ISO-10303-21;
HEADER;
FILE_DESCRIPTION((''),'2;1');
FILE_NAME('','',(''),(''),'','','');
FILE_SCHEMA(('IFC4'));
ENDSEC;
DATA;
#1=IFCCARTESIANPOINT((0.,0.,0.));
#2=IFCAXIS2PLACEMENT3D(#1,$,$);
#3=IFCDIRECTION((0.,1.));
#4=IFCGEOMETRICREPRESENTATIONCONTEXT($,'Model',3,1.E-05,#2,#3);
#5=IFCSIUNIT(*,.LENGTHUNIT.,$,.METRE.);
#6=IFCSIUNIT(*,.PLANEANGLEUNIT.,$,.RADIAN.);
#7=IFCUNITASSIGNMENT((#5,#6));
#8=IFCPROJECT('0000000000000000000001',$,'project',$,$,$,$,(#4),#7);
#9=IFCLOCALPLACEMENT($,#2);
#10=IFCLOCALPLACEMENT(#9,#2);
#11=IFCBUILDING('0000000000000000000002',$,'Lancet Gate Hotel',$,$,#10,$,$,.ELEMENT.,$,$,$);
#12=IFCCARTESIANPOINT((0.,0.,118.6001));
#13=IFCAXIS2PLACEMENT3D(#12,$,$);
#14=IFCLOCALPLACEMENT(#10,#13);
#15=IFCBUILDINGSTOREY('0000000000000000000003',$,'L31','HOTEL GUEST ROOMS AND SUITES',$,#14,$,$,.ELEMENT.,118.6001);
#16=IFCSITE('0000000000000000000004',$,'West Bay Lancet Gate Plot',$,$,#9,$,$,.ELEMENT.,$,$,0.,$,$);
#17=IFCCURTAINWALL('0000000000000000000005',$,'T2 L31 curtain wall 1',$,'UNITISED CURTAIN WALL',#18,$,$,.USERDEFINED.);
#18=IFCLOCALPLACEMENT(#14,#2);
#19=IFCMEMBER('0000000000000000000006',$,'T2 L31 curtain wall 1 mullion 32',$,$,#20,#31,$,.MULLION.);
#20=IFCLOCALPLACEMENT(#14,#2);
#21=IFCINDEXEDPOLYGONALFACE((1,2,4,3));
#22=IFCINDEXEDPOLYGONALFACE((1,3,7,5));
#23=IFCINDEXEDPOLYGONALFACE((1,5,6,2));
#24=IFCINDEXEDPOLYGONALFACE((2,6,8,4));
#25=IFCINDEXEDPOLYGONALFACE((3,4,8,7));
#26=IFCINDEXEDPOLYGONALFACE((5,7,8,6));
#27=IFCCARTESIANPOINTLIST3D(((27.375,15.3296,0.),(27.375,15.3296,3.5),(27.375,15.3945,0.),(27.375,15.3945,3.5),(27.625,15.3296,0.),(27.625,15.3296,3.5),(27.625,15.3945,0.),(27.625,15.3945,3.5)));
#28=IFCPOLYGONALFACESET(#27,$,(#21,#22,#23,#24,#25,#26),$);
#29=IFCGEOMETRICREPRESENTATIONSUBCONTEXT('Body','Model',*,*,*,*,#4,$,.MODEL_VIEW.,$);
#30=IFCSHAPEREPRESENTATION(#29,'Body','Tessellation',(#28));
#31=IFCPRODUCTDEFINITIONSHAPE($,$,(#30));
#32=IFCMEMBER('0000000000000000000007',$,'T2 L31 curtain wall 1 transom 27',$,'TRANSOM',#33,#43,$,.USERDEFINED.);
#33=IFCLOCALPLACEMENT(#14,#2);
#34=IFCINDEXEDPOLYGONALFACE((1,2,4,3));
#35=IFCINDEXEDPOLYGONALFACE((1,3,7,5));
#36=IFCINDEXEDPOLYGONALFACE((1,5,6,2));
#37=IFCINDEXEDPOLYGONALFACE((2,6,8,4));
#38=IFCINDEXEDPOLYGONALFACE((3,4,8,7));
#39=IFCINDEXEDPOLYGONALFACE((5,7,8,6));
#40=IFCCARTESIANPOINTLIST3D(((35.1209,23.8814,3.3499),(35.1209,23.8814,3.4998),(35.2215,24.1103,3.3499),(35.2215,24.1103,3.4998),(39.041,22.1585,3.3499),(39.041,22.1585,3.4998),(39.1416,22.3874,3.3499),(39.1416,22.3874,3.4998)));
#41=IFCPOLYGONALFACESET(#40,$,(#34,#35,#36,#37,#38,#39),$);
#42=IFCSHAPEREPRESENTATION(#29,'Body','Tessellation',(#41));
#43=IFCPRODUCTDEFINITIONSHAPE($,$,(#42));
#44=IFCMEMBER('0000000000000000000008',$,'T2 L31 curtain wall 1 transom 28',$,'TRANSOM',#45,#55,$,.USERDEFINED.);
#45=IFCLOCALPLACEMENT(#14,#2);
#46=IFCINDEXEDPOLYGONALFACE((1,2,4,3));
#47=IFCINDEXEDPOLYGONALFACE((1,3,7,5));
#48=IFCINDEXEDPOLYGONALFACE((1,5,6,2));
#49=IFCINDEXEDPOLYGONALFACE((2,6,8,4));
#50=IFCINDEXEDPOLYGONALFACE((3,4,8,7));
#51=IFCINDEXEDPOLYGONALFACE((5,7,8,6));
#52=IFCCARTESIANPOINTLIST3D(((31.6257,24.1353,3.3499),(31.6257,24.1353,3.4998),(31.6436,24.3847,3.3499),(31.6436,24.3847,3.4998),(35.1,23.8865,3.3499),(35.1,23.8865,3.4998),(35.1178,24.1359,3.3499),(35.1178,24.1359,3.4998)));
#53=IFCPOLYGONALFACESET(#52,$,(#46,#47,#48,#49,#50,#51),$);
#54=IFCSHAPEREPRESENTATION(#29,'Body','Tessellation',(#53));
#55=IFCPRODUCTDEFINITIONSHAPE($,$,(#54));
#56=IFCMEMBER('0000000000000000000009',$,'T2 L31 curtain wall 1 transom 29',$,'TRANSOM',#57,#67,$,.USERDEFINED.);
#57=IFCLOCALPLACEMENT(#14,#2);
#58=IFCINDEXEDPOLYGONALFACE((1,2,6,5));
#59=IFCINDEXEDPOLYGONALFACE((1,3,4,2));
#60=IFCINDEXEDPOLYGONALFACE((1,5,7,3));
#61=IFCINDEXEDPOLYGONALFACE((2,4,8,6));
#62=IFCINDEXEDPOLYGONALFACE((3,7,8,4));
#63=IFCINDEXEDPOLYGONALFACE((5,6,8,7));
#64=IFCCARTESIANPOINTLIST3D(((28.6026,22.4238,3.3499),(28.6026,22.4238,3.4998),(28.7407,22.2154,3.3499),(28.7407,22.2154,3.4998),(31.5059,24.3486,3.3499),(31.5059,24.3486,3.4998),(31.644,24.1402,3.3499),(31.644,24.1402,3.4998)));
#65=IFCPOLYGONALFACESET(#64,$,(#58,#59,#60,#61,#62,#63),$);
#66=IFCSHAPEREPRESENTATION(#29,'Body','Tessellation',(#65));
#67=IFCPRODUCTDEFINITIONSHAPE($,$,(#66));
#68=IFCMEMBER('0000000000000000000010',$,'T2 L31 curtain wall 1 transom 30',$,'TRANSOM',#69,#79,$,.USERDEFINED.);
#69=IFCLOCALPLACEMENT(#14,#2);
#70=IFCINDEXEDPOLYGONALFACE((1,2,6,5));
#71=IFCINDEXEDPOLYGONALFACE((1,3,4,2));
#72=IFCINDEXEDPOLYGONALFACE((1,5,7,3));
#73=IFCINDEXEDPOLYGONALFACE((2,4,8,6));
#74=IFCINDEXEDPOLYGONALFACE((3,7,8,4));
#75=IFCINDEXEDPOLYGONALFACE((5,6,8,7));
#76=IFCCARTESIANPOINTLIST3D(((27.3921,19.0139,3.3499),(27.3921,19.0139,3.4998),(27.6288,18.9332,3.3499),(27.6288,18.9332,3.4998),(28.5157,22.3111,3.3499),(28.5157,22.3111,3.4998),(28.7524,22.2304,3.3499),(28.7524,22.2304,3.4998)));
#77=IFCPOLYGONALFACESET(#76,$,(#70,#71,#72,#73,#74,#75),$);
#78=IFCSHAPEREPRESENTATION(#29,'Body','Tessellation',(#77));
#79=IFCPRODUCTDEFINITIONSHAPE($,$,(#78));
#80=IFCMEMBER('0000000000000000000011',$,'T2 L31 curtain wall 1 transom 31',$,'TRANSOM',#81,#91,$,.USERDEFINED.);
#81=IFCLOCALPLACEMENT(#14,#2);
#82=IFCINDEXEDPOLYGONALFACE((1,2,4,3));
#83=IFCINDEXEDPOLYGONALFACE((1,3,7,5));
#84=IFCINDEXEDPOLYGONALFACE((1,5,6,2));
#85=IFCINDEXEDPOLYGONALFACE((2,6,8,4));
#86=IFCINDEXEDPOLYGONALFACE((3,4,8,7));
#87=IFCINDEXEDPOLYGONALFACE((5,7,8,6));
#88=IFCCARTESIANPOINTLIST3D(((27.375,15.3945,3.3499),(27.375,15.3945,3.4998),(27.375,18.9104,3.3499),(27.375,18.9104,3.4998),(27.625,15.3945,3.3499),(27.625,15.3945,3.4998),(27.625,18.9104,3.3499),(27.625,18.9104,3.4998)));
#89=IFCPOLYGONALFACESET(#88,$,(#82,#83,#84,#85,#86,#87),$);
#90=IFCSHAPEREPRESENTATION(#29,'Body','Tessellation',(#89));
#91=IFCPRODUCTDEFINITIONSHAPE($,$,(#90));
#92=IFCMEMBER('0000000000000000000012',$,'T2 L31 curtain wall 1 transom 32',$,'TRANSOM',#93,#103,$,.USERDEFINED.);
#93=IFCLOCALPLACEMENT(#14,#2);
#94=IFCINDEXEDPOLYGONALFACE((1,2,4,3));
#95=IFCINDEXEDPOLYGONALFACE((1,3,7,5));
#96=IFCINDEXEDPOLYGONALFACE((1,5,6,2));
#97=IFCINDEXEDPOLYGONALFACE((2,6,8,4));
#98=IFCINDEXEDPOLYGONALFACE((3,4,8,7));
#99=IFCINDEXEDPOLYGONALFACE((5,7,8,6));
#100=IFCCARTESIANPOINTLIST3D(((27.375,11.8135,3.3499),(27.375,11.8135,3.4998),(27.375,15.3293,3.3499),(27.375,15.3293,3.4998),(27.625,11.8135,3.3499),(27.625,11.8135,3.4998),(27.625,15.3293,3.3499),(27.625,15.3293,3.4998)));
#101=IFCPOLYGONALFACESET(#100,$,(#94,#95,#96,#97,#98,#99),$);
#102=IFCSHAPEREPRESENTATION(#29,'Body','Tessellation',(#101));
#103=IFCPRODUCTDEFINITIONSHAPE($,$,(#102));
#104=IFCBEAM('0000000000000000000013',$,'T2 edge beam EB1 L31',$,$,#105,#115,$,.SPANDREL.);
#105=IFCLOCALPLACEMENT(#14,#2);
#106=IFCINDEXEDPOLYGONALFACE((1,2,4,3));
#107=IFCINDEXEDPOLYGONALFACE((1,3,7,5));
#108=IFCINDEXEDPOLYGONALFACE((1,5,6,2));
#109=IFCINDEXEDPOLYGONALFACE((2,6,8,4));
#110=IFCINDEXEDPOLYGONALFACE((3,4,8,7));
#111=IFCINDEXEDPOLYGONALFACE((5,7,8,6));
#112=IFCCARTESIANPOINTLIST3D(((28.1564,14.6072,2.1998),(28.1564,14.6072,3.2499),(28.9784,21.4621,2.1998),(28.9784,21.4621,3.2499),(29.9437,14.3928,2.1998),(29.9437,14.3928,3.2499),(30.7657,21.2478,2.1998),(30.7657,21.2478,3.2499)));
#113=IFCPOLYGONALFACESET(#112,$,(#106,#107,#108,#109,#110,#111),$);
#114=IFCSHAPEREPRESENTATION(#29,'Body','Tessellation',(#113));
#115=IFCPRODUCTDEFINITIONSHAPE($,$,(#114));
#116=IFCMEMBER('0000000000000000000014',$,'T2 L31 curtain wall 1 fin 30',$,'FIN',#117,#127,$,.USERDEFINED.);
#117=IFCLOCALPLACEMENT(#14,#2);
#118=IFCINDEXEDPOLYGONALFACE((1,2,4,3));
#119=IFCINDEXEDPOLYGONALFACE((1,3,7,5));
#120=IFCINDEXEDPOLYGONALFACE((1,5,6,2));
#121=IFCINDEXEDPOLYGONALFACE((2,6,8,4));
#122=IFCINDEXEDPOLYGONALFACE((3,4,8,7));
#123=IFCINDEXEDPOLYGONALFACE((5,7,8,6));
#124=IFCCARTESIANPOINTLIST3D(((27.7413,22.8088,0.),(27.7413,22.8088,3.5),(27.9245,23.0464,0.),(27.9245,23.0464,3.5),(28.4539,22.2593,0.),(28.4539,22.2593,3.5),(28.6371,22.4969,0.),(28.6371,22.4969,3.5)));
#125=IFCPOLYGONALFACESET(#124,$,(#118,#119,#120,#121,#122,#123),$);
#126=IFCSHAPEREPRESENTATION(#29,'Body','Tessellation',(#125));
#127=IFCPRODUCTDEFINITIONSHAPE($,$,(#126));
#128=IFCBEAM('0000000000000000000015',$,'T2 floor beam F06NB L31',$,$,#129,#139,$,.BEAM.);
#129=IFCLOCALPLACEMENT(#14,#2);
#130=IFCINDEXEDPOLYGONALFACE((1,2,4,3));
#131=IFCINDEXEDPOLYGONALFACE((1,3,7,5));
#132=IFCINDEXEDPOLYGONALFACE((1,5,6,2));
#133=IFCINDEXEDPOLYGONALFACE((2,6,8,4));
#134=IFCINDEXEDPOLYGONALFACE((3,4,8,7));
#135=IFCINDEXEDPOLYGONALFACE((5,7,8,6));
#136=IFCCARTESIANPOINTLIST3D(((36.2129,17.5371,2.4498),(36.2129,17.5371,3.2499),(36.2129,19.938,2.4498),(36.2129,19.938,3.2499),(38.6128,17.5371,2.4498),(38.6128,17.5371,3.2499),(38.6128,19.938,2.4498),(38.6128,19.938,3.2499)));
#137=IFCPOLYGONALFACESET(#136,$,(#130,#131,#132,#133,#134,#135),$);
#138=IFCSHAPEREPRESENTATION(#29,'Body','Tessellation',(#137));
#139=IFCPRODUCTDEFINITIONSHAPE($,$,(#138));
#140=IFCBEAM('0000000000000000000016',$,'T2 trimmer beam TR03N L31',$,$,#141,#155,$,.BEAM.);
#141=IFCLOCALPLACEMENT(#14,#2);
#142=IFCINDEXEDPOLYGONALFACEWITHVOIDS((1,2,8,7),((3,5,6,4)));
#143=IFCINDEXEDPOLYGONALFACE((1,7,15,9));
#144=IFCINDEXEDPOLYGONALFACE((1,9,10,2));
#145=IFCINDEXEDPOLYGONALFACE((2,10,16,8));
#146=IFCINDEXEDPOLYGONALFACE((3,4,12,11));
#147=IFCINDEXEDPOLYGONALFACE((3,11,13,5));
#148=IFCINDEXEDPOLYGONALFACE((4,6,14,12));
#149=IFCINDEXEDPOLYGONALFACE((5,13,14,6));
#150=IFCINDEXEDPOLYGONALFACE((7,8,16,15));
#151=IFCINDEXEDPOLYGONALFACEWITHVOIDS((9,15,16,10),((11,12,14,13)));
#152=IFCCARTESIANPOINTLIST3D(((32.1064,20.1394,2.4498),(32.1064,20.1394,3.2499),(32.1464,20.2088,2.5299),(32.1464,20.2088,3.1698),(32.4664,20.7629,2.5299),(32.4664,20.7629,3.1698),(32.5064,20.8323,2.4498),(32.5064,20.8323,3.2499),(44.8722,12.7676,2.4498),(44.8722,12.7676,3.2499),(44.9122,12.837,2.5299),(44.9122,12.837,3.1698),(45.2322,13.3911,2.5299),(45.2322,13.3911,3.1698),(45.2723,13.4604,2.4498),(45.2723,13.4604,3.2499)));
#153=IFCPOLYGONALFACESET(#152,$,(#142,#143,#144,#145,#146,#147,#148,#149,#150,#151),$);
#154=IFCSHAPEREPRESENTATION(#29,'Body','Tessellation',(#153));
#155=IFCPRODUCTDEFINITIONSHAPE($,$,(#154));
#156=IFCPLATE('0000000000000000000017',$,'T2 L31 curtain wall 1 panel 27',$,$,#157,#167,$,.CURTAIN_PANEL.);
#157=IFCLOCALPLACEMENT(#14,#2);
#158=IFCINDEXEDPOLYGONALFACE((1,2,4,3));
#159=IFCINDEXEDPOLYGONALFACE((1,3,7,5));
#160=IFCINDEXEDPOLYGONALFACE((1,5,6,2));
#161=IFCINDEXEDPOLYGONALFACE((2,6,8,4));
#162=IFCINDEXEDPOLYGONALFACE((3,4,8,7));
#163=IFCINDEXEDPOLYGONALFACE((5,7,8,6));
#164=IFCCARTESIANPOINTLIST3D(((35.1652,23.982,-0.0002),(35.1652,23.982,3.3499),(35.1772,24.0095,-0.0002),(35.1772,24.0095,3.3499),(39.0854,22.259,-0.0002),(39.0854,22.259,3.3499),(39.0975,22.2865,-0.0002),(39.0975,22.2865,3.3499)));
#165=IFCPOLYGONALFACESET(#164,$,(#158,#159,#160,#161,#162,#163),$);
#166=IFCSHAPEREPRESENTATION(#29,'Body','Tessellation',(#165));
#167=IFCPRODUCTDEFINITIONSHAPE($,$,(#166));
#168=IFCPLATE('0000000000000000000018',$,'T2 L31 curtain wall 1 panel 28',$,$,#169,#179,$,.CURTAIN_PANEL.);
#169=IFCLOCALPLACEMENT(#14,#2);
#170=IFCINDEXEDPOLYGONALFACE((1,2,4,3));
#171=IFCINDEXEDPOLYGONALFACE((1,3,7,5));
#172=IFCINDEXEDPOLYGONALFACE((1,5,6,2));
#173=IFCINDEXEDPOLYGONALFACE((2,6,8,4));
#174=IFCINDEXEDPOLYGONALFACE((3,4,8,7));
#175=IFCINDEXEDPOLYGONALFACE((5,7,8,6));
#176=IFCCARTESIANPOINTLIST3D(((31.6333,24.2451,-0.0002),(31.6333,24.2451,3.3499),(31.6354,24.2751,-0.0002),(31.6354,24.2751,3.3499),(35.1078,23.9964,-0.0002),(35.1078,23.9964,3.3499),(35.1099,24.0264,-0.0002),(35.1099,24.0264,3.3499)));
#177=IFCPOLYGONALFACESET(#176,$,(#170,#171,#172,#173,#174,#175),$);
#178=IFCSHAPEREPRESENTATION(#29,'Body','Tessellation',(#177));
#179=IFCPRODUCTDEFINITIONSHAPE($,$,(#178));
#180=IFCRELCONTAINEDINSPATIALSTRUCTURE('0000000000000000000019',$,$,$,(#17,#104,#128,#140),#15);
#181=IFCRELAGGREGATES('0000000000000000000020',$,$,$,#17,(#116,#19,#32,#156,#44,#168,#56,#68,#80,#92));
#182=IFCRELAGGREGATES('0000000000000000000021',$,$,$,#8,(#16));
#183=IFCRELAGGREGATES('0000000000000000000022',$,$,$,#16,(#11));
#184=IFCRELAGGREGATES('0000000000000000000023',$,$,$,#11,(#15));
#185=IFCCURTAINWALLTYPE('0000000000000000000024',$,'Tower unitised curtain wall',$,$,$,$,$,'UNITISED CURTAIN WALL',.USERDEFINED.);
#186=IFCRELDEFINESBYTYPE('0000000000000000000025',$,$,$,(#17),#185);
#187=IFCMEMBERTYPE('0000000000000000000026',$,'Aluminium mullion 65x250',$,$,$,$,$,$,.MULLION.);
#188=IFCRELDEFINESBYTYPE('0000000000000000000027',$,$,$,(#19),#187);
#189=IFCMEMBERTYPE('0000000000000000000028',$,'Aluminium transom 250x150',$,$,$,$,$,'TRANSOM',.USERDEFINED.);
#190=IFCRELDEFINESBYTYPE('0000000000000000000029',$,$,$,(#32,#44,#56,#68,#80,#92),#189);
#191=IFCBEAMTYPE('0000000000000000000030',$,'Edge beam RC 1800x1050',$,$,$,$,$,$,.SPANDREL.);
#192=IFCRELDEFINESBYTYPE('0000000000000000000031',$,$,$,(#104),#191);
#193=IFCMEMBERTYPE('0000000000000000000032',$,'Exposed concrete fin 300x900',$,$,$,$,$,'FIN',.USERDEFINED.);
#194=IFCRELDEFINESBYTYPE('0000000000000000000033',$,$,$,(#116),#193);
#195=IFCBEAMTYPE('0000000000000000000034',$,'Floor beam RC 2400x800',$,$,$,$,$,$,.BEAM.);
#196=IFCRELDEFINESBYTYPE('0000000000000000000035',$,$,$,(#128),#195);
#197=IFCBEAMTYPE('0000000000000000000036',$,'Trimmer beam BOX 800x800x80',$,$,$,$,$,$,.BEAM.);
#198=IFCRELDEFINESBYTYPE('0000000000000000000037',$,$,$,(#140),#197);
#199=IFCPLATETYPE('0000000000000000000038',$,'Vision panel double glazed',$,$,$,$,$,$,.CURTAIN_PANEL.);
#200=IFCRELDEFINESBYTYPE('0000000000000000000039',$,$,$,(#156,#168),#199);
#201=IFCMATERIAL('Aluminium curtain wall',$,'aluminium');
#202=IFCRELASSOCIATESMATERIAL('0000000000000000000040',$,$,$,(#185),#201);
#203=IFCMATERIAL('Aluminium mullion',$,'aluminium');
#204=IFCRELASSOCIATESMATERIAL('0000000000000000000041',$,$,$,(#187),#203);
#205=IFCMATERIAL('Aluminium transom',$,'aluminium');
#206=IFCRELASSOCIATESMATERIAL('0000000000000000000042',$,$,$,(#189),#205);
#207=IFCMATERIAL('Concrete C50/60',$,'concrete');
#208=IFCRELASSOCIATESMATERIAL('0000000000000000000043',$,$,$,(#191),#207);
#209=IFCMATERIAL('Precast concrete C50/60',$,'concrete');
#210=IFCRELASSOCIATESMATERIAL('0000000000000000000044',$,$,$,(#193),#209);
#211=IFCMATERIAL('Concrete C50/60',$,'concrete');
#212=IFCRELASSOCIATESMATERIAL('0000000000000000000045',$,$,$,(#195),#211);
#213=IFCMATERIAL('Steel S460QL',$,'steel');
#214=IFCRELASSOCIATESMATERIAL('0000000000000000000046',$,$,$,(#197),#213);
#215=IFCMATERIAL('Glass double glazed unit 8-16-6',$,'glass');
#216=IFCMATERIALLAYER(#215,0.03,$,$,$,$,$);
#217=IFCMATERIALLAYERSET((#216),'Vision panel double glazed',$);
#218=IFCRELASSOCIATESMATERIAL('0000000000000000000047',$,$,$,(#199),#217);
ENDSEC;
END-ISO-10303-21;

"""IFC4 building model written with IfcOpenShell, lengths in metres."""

from ifc_helpers import new_model, si_unit, direction, frame, origin, origin_2d, place, context, subcontext, project, spatial, rectangle, hollow_rectangle, extrude, material, layer, layer_set, material_profile, profile_set, type_object, element, aggregate, save


model = new_model("IFC4")

# Units and contexts
model_context = context("Model", 3, precision=1e-05, world=origin(), true_north=direction((0.0, 1.0)))
body_context = subcontext(model_context, "Body", "Model", "MODEL_VIEW")
ifc_project = project(units=[si_unit("LENGTHUNIT", "METRE"), si_unit("PLANEANGLEUNIT", "RADIAN")], contexts=[model_context])

# Site, building, storey
site_placement = place(None, origin())
site = spatial("IfcSite", under=ifc_project, at=site_placement, Name="West Bay Lancet Gate Plot", CompositionType="ELEMENT", RefElevation=0.0)
building_placement = place(site_placement, origin())
building = spatial("IfcBuilding", under=site, at=building_placement, Name="Lancet Gate Hotel", CompositionType="ELEMENT")
storey_placement = place(building_placement, frame((0.0, 0.0, 118.6001)))
storey = spatial("IfcBuildingStorey", under=building, at=storey_placement, Name="L31", Description="HOTEL GUEST ROOMS AND SUITES", CompositionType="ELEMENT", Elevation=118.6001)

# Curtain wall, members
ifc_material_1 = material(Name="Aluminium curtain wall", Category="aluminium")
curtain_wall_type = type_object("IfcCurtainWallType", Name="Tower unitised curtain wall", ElementType="UNITISED CURTAIN WALL", PredefinedType="USERDEFINED", material=ifc_material_1)
curtain_wall_placement = place(storey_placement, origin())
curtain_wall = element("IfcCurtainWall", 1, at=curtain_wall_placement, inside=storey, type_object=curtain_wall_type, Name="T2 L31 curtain wall 1", ObjectType="UNITISED CURTAIN WALL", PredefinedType="USERDEFINED")
ifc_material_2 = material(Name="Aluminium mullion", Category="aluminium")
ifc_material_profile_1 = material_profile(ifc_material_2, rectangle(XDim=0.0649, YDim=0.25, at=origin_2d()), Name="MULLION 65x250")
ifc_profile_set_1 = profile_set([ifc_material_profile_1], Name="Aluminium mullion")
member_type_1 = type_object("IfcMemberType", Name="Aluminium mullion 65x250", PredefinedType="MULLION", material=ifc_profile_set_1)
member_1_placement = place(storey_placement, frame((27.5, 15.3621, 0.0), z_axis=(0.0, 0.0, 1.0), x_axis=(0.0, -1.0, 0.0)))
member_1 = element("IfcMember", 2, at=member_1_placement, type_object=member_type_1, Name="T2 L31 curtain wall 1 mullion 32", PredefinedType="MULLION", context=body_context, shape_type="SweptSolid", body=[
    extrude(rectangle(XDim=0.0649, YDim=0.25, at=origin_2d()), origin(), (0.0, 0.0, 1.0), 3.5),
])
ifc_material_3 = material(Name="Aluminium transom", Category="aluminium")
ifc_material_profile_2 = material_profile(ifc_material_3, rectangle(XDim=0.25, YDim=0.1499, at=origin_2d()), Name="TRANSOM 250x150")
ifc_profile_set_2 = profile_set([ifc_material_profile_2], Name="Aluminium transom")
member_type_2 = type_object("IfcMemberType", Name="Aluminium transom 250x150", ElementType="TRANSOM", PredefinedType="USERDEFINED", material=ifc_profile_set_2)
member_2_placement = place(storey_placement, frame((39.0913, 22.2729, 3.4248), z_axis=(-0.915485, 0.402353, 0.0), x_axis=(-0.402353, -0.915485, 0.0)))
member_2 = element("IfcMember", 3, at=member_2_placement, type_object=member_type_2, Name="T2 L31 curtain wall 1 transom 27", ObjectType="TRANSOM", PredefinedType="USERDEFINED", context=body_context, shape_type="SweptSolid", body=[
    extrude(rectangle(XDim=0.25, YDim=0.1499, at=origin_2d()), origin(), (0.0, 0.0, 1.0), 4.282),
])
member_3_placement = place(storey_placement, frame((35.1089, 24.0112, 3.4248), z_axis=(-0.997446, 0.071421, 0.0), x_axis=(-0.071421, -0.997446, 0.0)))
member_3 = element("IfcMember", 4, at=member_3_placement, type_object=member_type_2, Name="T2 L31 curtain wall 1 transom 28", ObjectType="TRANSOM", PredefinedType="USERDEFINED", context=body_context, shape_type="SweptSolid", body=[
    extrude(rectangle(XDim=0.25, YDim=0.1499, at=origin_2d()), origin(), (0.0, 0.0, 1.0), 3.4832),
])
member_4_placement = place(storey_placement, frame((31.575, 24.2444, 3.4248), z_axis=(-0.833471, -0.552563, 0.0), x_axis=(0.552563, -0.833471, 0.0)))
member_4 = element("IfcMember", 5, at=member_4_placement, type_object=member_type_2, Name="T2 L31 curtain wall 1 transom 29", ObjectType="TRANSOM", PredefinedType="USERDEFINED", context=body_context, shape_type="SweptSolid", body=[
    extrude(rectangle(XDim=0.25, YDim=0.1499, at=origin_2d()), origin(), (0.0, 0.0, 1.0), 3.4834),
])
member_5_placement = place(storey_placement, frame((28.634, 22.2708, 3.4248), z_axis=(-0.32255, -0.946553, 0.0), x_axis=(0.946553, -0.32255, 0.0)))
member_5 = element("IfcMember", 6, at=member_5_placement, type_object=member_type_2, Name="T2 L31 curtain wall 1 transom 30", ObjectType="TRANSOM", PredefinedType="USERDEFINED", context=body_context, shape_type="SweptSolid", body=[
    extrude(rectangle(XDim=0.25, YDim=0.1499, at=origin_2d()), origin(), (0.0, 0.0, 1.0), 3.4834),
])
member_6_placement = place(storey_placement, frame((27.5, 18.9104, 3.4248), z_axis=(0.0, -1.0, 0.0), x_axis=(1.0, 0.0, 0.0)))
member_6 = element("IfcMember", 7, at=member_6_placement, type_object=member_type_2, Name="T2 L31 curtain wall 1 transom 31", ObjectType="TRANSOM", PredefinedType="USERDEFINED", context=body_context, shape_type="SweptSolid", body=[
    extrude(rectangle(XDim=0.25, YDim=0.1499, at=origin_2d()), origin(), (0.0, 0.0, 1.0), 3.5159),
])
member_7_placement = place(storey_placement, frame((27.5, 15.3293, 3.4248), z_axis=(0.0, -1.0, 0.0), x_axis=(1.0, 0.0, 0.0)))
member_7 = element("IfcMember", 8, at=member_7_placement, type_object=member_type_2, Name="T2 L31 curtain wall 1 transom 32", ObjectType="TRANSOM", PredefinedType="USERDEFINED", context=body_context, shape_type="SweptSolid", body=[
    extrude(rectangle(XDim=0.25, YDim=0.1499, at=origin_2d()), origin(), (0.0, 0.0, 1.0), 3.5159),
])

# Beam
ifc_material_4 = material(Name="Concrete C50/60", Category="concrete")
ifc_material_profile_3 = material_profile(ifc_material_4, rectangle(XDim=1.8, YDim=1.05, at=origin_2d()), Name="RC 1800x1050")
ifc_profile_set_3 = profile_set([ifc_material_profile_3], Name="Concrete C50/60")
beam_type_1 = type_object("IfcBeamType", Name="Edge beam RC 1800x1050", PredefinedType="SPANDREL", material=ifc_profile_set_3)
beam_1_placement = place(storey_placement, frame((29.05, 14.5, 2.7249), z_axis=(0.119063, 0.992887, 0.0), x_axis=(-0.992887, 0.119063, 0.0)))
element("IfcBeam", 9, at=beam_1_placement, inside=storey, type_object=beam_type_1, Name="T2 edge beam EB1 L31", PredefinedType="SPANDREL", context=body_context, shape_type="SweptSolid", body=[
    extrude(rectangle(XDim=1.8, YDim=1.05, at=origin_2d()), origin(), (0.0, 0.0, 1.0), 6.9041),
])

# Member
ifc_material_5 = material(Name="Precast concrete C50/60", Category="concrete")
ifc_material_profile_4 = material_profile(ifc_material_5, rectangle(XDim=0.3, YDim=0.8999, at=origin_2d()), Name="FIN 300x900")
ifc_profile_set_4 = profile_set([ifc_material_profile_4], Name="Precast concrete C50/60")
member_type_3 = type_object("IfcMemberType", Name="Exposed concrete fin 300x900", ElementType="FIN", PredefinedType="USERDEFINED", material=ifc_profile_set_4)
member_8_placement = place(storey_placement, frame((28.1892, 22.6528, 0.0), z_axis=(0.0, 0.0, 1.0), x_axis=(-0.610664, -0.79189, 0.0)))
member_8 = element("IfcMember", 10, at=member_8_placement, type_object=member_type_3, Name="T2 L31 curtain wall 1 fin 30", ObjectType="FIN", PredefinedType="USERDEFINED", context=body_context, shape_type="SweptSolid", body=[
    extrude(rectangle(XDim=0.3, YDim=0.8999, at=origin_2d()), origin(), (0.0, 0.0, 1.0), 3.5),
])

# Beams
ifc_material_6 = material(Name="Concrete C50/60", Category="concrete")
ifc_material_profile_5 = material_profile(ifc_material_6, rectangle(XDim=2.3999, YDim=0.8, at=origin_2d()), Name="RC 2400x800")
ifc_profile_set_5 = profile_set([ifc_material_profile_5], Name="Concrete C50/60")
beam_type_2 = type_object("IfcBeamType", Name="Floor beam RC 2400x800", PredefinedType="BEAM", material=ifc_profile_set_5)
beam_2_placement = place(storey_placement, frame((37.4128, 17.5371, 2.8499), z_axis=(0.0, 1.0, 0.0), x_axis=(-1.0, 0.0, 0.0)))
element("IfcBeam", 11, at=beam_2_placement, inside=storey, type_object=beam_type_2, Name="T2 floor beam F06NB L31", PredefinedType="BEAM", context=body_context, shape_type="SweptSolid", body=[
    extrude(rectangle(XDim=2.3999, YDim=0.8, at=origin_2d()), origin(), (0.0, 0.0, 1.0), 2.4009),
])
ifc_material_7 = material(Name="Steel S460QL", Category="steel")
ifc_material_profile_6 = material_profile(ifc_material_7, hollow_rectangle(XDim=0.8, YDim=0.8, WallThickness=0.0801, at=origin_2d()), Name="BOX 800x800x80")
ifc_profile_set_6 = profile_set([ifc_material_profile_6], Name="Steel S460QL")
beam_type_3 = type_object("IfcBeamType", Name="Trimmer beam BOX 800x800x80", PredefinedType="BEAM", material=ifc_profile_set_6)
beam_3_placement = place(storey_placement, frame((32.3064, 20.4858, 2.8499), z_axis=(0.865983, -0.500074, 0.0), x_axis=(0.500074, 0.865983, 0.0)))
element("IfcBeam", 12, at=beam_3_placement, inside=storey, type_object=beam_type_3, Name="T2 trimmer beam TR03N L31", PredefinedType="BEAM", context=body_context, shape_type="SweptSolid", body=[
    extrude(hollow_rectangle(XDim=0.8, YDim=0.8, WallThickness=0.0801, at=origin_2d()), origin(), (0.0, 0.0, 1.0), 14.7415),
])

# Plates
ifc_material_8 = material(Name="Glass double glazed unit 8-16-6", Category="glass")
ifc_layer_1 = layer(ifc_material_8, 0.03)
ifc_layer_set_1 = layer_set([ifc_layer_1], Name="Vision panel double glazed")
plate_type = type_object("IfcPlateType", Name="Vision panel double glazed", PredefinedType="CURTAIN_PANEL", material=ifc_layer_set_1)
plate_1_placement = place(storey_placement, frame((37.1313, 23.1343, -0.0002), z_axis=(0.0, 0.0, 1.0), x_axis=(-0.915479, 0.402367, 0.0)))
plate_1 = element("IfcPlate", 13, at=plate_1_placement, type_object=plate_type, Name="T2 L31 curtain wall 1 panel 27", PredefinedType="CURTAIN_PANEL", context=body_context, shape_type="SweptSolid", body=[
    extrude(rectangle(XDim=4.2822, YDim=0.03, at=origin_2d()), origin(), (0.0, 0.0, 1.0), 3.3501),
])
plate_2_placement = place(storey_placement, frame((33.3716, 24.1357, -0.0002), z_axis=(0.0, 0.0, 1.0), x_axis=(-0.997448, 0.07139, 0.0)))
plate_2 = element("IfcPlate", 14, at=plate_2_placement, type_object=plate_type, Name="T2 L31 curtain wall 1 panel 28", PredefinedType="CURTAIN_PANEL", context=body_context, shape_type="SweptSolid", body=[
    extrude(rectangle(XDim=3.4834, YDim=0.03, at=origin_2d()), origin(), (0.0, 0.0, 1.0), 3.3501),
])
aggregate(curtain_wall, [member_8, member_1, member_2, plate_1, member_3, plate_2, member_4, member_5, member_6, member_7])

save(model, "model.ifc")
